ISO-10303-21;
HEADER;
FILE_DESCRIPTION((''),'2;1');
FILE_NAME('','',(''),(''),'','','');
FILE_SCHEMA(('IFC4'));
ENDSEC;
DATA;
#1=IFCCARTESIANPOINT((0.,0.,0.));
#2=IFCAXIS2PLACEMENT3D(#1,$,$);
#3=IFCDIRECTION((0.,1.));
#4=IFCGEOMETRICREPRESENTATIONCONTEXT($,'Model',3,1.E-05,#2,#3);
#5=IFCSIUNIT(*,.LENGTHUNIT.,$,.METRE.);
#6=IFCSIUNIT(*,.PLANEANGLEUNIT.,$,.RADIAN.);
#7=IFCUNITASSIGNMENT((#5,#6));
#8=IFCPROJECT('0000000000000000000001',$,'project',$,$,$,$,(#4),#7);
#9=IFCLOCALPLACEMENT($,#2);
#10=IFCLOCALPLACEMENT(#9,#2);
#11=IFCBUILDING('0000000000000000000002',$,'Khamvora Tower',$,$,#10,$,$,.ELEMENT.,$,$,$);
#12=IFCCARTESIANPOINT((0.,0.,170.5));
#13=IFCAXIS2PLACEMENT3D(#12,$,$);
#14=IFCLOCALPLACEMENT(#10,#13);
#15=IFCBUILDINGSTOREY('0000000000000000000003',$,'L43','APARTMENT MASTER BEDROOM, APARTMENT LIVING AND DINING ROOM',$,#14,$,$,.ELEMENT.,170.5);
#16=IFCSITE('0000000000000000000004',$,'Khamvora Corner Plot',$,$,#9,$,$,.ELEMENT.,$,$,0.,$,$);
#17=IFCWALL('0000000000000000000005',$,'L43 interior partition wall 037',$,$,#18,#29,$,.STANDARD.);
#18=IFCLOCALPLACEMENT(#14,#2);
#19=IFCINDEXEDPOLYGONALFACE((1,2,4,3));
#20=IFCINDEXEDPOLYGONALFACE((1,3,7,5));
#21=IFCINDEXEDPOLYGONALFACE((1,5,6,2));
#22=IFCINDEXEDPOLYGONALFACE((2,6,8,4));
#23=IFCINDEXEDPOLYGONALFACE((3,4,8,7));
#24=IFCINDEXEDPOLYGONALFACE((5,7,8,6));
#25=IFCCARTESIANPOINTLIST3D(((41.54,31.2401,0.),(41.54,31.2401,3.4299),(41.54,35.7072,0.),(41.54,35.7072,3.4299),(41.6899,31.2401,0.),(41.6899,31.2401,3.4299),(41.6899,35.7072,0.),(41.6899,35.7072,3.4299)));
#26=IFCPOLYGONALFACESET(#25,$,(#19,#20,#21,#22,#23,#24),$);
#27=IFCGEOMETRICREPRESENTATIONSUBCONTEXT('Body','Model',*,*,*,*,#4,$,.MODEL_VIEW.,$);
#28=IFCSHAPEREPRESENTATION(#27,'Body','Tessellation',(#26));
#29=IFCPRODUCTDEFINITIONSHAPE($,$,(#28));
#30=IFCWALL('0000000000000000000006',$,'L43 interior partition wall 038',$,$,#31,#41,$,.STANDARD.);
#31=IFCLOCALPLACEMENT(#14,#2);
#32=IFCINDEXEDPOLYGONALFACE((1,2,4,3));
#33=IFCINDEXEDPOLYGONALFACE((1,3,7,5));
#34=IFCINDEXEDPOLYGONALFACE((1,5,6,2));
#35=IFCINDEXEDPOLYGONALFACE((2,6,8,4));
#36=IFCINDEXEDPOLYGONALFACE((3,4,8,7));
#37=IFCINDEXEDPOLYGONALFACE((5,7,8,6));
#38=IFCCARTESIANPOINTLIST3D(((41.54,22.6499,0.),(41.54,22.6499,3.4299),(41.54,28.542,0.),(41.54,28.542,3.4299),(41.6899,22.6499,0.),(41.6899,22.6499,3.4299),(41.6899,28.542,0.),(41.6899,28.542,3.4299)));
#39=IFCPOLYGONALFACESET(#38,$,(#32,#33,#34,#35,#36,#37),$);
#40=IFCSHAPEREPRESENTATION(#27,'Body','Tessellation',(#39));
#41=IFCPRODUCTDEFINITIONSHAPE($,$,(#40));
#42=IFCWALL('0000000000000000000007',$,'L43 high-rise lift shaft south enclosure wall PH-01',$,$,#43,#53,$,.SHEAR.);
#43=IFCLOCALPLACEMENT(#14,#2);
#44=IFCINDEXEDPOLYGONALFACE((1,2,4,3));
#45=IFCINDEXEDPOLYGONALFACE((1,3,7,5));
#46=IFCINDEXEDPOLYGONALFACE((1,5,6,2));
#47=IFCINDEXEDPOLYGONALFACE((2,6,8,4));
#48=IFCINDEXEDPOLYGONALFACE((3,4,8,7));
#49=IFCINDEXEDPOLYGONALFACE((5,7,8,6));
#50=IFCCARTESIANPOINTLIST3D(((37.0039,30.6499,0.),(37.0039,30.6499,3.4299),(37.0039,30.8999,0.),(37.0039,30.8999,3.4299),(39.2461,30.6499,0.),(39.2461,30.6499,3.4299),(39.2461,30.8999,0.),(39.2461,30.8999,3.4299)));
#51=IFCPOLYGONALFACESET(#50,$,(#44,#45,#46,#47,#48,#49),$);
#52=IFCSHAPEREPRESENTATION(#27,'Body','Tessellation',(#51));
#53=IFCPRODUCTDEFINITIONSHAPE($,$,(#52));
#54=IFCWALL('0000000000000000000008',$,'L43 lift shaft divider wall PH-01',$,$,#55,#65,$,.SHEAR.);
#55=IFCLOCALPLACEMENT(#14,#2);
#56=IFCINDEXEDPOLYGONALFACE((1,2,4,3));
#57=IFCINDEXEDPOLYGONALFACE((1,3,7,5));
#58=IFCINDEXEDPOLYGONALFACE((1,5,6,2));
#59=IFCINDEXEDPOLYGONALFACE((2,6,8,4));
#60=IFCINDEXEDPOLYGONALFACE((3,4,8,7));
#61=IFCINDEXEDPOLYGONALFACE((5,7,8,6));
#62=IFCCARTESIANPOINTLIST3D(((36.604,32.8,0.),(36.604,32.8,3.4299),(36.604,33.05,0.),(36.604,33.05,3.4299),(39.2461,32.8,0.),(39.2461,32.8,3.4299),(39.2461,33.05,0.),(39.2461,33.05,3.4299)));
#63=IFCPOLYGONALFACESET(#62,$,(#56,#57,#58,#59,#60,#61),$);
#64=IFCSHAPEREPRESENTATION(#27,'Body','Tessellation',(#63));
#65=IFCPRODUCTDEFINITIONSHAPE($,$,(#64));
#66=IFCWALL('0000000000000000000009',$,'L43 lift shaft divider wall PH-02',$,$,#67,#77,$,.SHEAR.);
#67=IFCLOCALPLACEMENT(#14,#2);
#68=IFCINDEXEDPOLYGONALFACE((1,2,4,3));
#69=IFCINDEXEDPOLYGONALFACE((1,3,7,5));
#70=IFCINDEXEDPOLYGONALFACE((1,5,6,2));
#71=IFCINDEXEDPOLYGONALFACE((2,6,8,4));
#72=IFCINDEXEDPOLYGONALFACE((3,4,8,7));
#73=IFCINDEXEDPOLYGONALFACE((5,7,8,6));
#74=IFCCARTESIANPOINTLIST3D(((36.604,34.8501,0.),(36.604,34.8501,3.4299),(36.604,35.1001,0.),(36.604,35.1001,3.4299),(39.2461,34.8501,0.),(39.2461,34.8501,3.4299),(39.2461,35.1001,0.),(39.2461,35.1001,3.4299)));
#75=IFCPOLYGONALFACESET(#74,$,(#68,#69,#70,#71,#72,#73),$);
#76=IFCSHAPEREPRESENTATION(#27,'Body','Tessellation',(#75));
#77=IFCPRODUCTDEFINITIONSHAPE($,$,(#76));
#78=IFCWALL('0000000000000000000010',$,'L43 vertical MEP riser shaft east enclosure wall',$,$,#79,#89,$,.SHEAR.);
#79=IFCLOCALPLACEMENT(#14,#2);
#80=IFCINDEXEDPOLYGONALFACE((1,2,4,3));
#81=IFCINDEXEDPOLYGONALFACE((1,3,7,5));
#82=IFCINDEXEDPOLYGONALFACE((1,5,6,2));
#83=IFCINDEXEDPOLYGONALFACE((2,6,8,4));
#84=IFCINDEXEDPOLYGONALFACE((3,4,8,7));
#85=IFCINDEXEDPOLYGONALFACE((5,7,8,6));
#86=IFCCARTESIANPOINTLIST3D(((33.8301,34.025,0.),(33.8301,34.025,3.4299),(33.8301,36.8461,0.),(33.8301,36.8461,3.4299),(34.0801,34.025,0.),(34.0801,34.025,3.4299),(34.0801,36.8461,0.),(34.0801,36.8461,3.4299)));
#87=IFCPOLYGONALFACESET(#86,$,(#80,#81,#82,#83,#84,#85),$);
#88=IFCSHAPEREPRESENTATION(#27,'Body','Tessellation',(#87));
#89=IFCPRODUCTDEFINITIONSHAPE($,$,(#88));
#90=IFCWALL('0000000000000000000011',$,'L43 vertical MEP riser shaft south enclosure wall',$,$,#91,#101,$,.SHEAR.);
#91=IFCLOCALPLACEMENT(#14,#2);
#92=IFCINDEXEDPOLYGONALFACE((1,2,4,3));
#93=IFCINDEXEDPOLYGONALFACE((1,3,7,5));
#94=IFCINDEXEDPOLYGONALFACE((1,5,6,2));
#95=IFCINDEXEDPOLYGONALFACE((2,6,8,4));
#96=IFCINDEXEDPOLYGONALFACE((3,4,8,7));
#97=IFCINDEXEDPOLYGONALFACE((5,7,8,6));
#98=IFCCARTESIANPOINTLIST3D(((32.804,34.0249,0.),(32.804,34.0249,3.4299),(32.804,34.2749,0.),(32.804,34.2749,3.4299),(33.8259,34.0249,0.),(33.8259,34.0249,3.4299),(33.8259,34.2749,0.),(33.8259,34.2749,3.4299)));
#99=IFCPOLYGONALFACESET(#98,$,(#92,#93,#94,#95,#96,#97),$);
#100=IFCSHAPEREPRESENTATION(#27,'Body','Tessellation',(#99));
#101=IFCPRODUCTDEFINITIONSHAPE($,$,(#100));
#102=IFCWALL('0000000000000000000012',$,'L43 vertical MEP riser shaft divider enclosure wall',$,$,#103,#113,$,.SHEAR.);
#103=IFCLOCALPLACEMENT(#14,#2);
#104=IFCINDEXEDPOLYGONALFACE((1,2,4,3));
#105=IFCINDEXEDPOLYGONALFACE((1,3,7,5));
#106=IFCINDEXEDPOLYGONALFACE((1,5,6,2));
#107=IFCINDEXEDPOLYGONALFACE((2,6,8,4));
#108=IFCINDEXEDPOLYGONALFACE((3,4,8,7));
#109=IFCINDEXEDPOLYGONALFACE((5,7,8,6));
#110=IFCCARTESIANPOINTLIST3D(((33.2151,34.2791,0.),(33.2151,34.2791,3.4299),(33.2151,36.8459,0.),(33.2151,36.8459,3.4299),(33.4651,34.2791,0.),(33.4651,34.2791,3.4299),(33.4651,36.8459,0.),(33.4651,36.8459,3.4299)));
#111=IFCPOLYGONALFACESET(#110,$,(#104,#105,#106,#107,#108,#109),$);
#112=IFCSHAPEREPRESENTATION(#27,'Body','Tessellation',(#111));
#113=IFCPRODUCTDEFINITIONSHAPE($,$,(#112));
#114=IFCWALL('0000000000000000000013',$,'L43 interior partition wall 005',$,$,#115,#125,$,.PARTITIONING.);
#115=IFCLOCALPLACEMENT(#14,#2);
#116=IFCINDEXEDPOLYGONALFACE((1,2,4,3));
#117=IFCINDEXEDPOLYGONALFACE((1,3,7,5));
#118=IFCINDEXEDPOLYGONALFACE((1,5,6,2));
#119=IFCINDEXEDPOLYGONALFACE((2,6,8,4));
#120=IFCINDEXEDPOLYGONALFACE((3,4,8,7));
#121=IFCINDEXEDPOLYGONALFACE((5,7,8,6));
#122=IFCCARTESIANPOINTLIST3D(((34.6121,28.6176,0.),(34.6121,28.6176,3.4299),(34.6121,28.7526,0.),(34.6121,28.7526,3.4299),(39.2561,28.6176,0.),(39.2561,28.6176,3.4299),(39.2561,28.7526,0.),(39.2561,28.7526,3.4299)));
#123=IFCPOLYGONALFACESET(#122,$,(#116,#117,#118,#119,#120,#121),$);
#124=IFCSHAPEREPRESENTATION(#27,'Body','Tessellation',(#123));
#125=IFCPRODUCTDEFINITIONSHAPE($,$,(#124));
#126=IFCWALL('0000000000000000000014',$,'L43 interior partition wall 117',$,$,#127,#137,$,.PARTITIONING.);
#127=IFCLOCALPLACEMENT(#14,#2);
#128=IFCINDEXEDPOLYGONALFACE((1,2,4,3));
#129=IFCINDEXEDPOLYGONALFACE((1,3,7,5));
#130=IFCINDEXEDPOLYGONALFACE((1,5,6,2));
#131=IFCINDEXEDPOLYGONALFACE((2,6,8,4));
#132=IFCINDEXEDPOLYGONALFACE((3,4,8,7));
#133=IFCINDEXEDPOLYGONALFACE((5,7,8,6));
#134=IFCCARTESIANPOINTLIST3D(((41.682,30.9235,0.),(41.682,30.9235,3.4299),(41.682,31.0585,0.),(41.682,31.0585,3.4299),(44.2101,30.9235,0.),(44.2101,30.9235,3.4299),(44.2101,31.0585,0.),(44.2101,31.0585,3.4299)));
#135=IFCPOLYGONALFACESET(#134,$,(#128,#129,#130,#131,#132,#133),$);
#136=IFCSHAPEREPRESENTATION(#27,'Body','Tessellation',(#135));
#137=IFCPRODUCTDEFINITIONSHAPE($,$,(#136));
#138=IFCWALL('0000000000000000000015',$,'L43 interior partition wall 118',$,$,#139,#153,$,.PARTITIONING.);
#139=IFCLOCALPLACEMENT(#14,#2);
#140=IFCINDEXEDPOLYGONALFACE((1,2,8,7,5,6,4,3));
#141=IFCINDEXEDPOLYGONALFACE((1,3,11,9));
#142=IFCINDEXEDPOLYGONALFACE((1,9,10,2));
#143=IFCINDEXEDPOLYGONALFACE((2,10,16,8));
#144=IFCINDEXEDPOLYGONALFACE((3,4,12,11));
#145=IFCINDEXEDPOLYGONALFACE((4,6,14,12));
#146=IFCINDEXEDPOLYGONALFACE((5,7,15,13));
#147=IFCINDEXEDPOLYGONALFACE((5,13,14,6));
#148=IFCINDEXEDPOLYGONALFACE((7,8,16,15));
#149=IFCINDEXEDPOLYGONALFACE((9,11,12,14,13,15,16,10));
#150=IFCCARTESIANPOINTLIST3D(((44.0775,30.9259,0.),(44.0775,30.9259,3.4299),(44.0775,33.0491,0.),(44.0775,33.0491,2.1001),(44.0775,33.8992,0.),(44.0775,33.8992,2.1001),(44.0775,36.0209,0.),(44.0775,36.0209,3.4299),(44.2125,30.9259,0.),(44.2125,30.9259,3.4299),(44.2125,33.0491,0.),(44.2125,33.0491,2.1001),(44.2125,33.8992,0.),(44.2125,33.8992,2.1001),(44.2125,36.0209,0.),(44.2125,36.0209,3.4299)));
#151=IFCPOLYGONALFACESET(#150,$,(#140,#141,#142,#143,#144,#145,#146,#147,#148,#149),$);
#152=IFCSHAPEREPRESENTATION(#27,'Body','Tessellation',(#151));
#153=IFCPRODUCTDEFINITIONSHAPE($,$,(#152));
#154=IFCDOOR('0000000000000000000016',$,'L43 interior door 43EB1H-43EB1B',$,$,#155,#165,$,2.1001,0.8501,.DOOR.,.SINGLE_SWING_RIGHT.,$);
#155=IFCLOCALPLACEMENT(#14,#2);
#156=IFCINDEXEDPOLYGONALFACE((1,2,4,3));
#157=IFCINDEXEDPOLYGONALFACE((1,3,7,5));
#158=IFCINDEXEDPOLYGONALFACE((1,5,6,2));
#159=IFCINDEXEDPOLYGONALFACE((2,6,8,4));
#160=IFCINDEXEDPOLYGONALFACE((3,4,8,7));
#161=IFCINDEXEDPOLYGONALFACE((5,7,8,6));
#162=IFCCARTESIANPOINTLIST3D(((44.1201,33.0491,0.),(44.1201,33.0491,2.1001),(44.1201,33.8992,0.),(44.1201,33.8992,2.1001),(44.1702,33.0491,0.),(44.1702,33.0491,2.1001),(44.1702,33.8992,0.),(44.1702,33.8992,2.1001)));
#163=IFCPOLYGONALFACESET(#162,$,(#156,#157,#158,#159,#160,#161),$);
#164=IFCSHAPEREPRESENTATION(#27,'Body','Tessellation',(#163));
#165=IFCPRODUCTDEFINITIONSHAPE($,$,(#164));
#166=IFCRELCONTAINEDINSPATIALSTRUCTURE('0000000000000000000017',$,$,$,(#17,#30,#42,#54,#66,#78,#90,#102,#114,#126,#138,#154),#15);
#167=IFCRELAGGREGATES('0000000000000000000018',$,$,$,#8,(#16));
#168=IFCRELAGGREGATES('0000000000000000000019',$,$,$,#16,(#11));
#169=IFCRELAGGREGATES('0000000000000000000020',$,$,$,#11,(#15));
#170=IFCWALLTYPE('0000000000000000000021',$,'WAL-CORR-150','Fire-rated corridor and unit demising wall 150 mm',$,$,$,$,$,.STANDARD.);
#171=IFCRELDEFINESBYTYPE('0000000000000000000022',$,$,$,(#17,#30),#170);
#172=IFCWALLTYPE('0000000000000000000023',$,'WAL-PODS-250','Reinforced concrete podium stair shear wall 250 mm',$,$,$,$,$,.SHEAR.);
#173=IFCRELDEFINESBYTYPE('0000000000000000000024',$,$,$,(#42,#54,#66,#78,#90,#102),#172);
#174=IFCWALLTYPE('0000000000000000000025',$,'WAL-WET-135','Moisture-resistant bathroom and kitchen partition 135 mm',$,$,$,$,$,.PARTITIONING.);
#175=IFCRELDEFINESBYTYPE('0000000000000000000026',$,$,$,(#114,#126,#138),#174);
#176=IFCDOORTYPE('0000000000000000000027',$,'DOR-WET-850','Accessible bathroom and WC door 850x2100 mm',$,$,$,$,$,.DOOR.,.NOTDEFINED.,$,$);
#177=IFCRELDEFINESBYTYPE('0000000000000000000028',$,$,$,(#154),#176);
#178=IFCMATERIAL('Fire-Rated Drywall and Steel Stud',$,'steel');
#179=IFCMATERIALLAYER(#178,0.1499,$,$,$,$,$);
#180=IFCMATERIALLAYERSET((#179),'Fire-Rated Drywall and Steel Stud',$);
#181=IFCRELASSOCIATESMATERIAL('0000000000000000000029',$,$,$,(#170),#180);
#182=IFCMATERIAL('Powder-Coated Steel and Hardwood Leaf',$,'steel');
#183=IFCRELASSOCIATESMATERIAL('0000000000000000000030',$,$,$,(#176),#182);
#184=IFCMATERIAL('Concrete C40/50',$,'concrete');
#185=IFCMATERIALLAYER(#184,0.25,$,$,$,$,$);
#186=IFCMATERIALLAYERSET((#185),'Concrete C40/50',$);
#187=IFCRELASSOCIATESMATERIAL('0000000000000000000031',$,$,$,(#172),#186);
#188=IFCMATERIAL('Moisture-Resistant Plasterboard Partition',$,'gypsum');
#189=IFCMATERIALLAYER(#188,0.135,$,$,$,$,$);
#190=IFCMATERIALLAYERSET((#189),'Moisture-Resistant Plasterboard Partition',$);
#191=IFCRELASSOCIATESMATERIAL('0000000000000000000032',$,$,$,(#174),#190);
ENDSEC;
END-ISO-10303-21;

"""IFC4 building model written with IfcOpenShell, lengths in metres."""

from ifc_helpers import new_model, si_unit, direction, frame, frame_2d, origin, place, context, subcontext, project, spatial, rectangle, extrude, material, layer, layer_set, type_object, element, fill, save


model = new_model("IFC4")

# Units and contexts
model_context = context("Model", 3, precision=1e-05, world=origin(), true_north=direction((0.0, 1.0)))
body_context = subcontext(model_context, "Body", "Model", "MODEL_VIEW")
ifc_project = project(units=[si_unit("LENGTHUNIT", "METRE"), si_unit("PLANEANGLEUNIT", "RADIAN")], contexts=[model_context])

# Site, building, storey
site_placement = place(None, origin())
site = spatial("IfcSite", under=ifc_project, at=site_placement, Name="Khamvora Corner Plot", CompositionType="ELEMENT", RefElevation=0.0)
building_placement = place(site_placement, origin())
building = spatial("IfcBuilding", under=site, at=building_placement, Name="Khamvora Tower", CompositionType="ELEMENT")
storey_placement = place(building_placement, frame((0.0, 0.0, 170.5)))
storey = spatial("IfcBuildingStorey", under=building, at=storey_placement, Name="L43", Description="APARTMENT MASTER BEDROOM, APARTMENT LIVING AND DINING ROOM", CompositionType="ELEMENT", Elevation=170.5)

# Shared definitions
ifc_material_1 = material(Name="Powder-Coated Steel and Hardwood Leaf", Category="steel")

# Shared definitions
ifc_material_2 = material(Name="Fire-Rated Drywall and Steel Stud", Category="steel")
ifc_layer_1 = layer(ifc_material_2, 0.1499)
ifc_layer_set_1 = layer_set([ifc_layer_1], Name="Fire-Rated Drywall and Steel Stud")
wall_type_1 = type_object("IfcWallType", Name="WAL-CORR-150", Description="Fire-rated corridor and unit demising wall 150 mm", PredefinedType="STANDARD", material=ifc_layer_set_1)

# Shared definitions
door_type_1 = type_object("IfcDoorType", Name="DOR-WET-850", Description="Accessible bathroom and WC door 850x2100 mm", OperationType="NOTDEFINED", PredefinedType="DOOR", material=ifc_material_1)

# Walls
wall_1_placement = place(storey_placement, frame((41.615, 35.707, 0.0), z_axis=(0.0, 0.0, 1.0), x_axis=(0.0, -1.0, 0.0)))
element("IfcWall", 1, at=wall_1_placement, inside=storey, type_object=wall_type_1, Name="L43 interior partition wall 037", PredefinedType="STANDARD", context=body_context, shape_type="SweptSolid", body=[
    extrude(rectangle(XDim=4.467, YDim=0.1499, at=frame_2d((2.2334, 0.0))), origin(), (0.0, 0.0, 1.0), 3.4299),
])
wall_2_placement = place(storey_placement, frame((41.615, 28.542, 0.0), z_axis=(0.0, 0.0, 1.0), x_axis=(0.0, -1.0, 0.0)))
element("IfcWall", 2, at=wall_2_placement, inside=storey, type_object=wall_type_1, Name="L43 interior partition wall 038", PredefinedType="STANDARD", context=body_context, shape_type="SweptSolid", body=[
    extrude(rectangle(XDim=5.8921, YDim=0.1499, at=frame_2d((2.946, 0.0))), origin(), (0.0, 0.0, 1.0), 3.4299),
])
ifc_material_3 = material(Name="Concrete C40/50", Category="concrete")
ifc_layer_2 = layer(ifc_material_3, 0.25)
ifc_layer_set_2 = layer_set([ifc_layer_2], Name="Concrete C40/50")
wall_type_2 = type_object("IfcWallType", Name="WAL-PODS-250", Description="Reinforced concrete podium stair shear wall 250 mm", PredefinedType="SHEAR", material=ifc_layer_set_2)
wall_3_placement = place(storey_placement, frame((37.0039, 30.7749, 0.0), z_axis=(0.0, 0.0, 1.0), x_axis=(1.0, 0.0, 0.0)))
element("IfcWall", 3, at=wall_3_placement, inside=storey, type_object=wall_type_2, Name="L43 high-rise lift shaft south enclosure wall PH-01", PredefinedType="SHEAR", context=body_context, shape_type="SweptSolid", body=[
    extrude(rectangle(XDim=2.2422, YDim=0.25, at=frame_2d((1.1211, 0.0))), origin(), (0.0, 0.0, 1.0), 3.4299),
])
for number, where, z_axis, x_axis, name in (
    (4, (36.604, 32.925, 0.0), (0.0, 0.0, 1.0), (1.0, 0.0, 0.0), "L43 lift shaft divider wall PH-01"),
    (5, (36.604, 34.9751, 0.0), (0.0, 0.0, 1.0), (1.0, 0.0, 0.0), "L43 lift shaft divider wall PH-02"),
):
    element("IfcWall", number, at=place(storey_placement, frame(where, z_axis=z_axis, x_axis=x_axis)), inside=storey, type_object=wall_type_2, Name=name, PredefinedType="SHEAR", context=body_context, shape_type="SweptSolid", body=[
        extrude(rectangle(XDim=2.6421, YDim=0.25, at=frame_2d((1.321, 0.0))), origin(), (0.0, 0.0, 1.0), 3.4299),
    ])
wall_4_placement = place(storey_placement, frame((33.9551, 34.0249, 0.0), z_axis=(0.0, 0.0, 1.0), x_axis=(0.0, 1.0, 0.0)))
element("IfcWall", 6, at=wall_4_placement, inside=storey, type_object=wall_type_2, Name="L43 vertical MEP riser shaft east enclosure wall", PredefinedType="SHEAR", context=body_context, shape_type="SweptSolid", body=[
    extrude(rectangle(XDim=2.821, YDim=0.25, at=frame_2d((1.4106, 0.0))), origin(), (0.0, 0.0, 1.0), 3.4299),
])
wall_5_placement = place(storey_placement, frame((32.804, 34.1499, 0.0), z_axis=(0.0, 0.0, 1.0), x_axis=(1.0, 0.0, 0.0)))
element("IfcWall", 7, at=wall_5_placement, inside=storey, type_object=wall_type_2, Name="L43 vertical MEP riser shaft south enclosure wall", PredefinedType="SHEAR", context=body_context, shape_type="SweptSolid", body=[
    extrude(rectangle(XDim=1.022, YDim=0.25, at=frame_2d((0.511, 0.0))), origin(), (0.0, 0.0, 1.0), 3.4299),
])
wall_6_placement = place(storey_placement, frame((33.3401, 34.2791, 0.0), z_axis=(0.0, 0.0, 1.0), x_axis=(0.0, 1.0, 0.0)))
element("IfcWall", 8, at=wall_6_placement, inside=storey, type_object=wall_type_2, Name="L43 vertical MEP riser shaft divider enclosure wall", PredefinedType="SHEAR", context=body_context, shape_type="SweptSolid", body=[
    extrude(rectangle(XDim=2.5669, YDim=0.25, at=frame_2d((1.2834, 0.0))), origin(), (0.0, 0.0, 1.0), 3.4299),
])
ifc_material_4 = material(Name="Moisture-Resistant Plasterboard Partition", Category="gypsum")
ifc_layer_3 = layer(ifc_material_4, 0.135)
ifc_layer_set_3 = layer_set([ifc_layer_3], Name="Moisture-Resistant Plasterboard Partition")
wall_type_3 = type_object("IfcWallType", Name="WAL-WET-135", Description="Moisture-resistant bathroom and kitchen partition 135 mm", PredefinedType="PARTITIONING", material=ifc_layer_set_3)
wall_7_placement = place(storey_placement, frame((39.2561, 28.6851, 0.0), z_axis=(0.0, 0.0, 1.0), x_axis=(-1.0, 0.0, 0.0)))
element("IfcWall", 9, at=wall_7_placement, inside=storey, type_object=wall_type_3, Name="L43 interior partition wall 005", PredefinedType="PARTITIONING", context=body_context, shape_type="SweptSolid", body=[
    extrude(rectangle(XDim=4.644, YDim=0.135, at=frame_2d((2.322, 0.0))), origin(), (0.0, 0.0, 1.0), 3.4299),
])
wall_8_placement = place(storey_placement, frame((41.6819, 30.991, 0.0), z_axis=(0.0, 0.0, 1.0), x_axis=(1.0, 0.0, 0.0)))
element("IfcWall", 10, at=wall_8_placement, inside=storey, type_object=wall_type_3, Name="L43 interior partition wall 117", PredefinedType="PARTITIONING", context=body_context, shape_type="SweptSolid", body=[
    extrude(rectangle(XDim=2.5281, YDim=0.135, at=frame_2d((1.2642, 0.0))), origin(), (0.0, 0.0, 1.0), 3.4299),
])

# Wall, opening, door
wall_9_placement = place(storey_placement, frame((44.145, 30.926, 0.0), z_axis=(0.0, 0.0, 1.0), x_axis=(0.0, 1.0, 0.0)))
wall_9 = element("IfcWall", 11, at=wall_9_placement, inside=storey, type_object=wall_type_3, Name="L43 interior partition wall 118", PredefinedType="PARTITIONING", context=body_context, shape_type="SweptSolid", body=[
    extrude(rectangle(XDim=5.095, YDim=0.135, at=frame_2d((2.5474, 0.0))), origin(), (0.0, 0.0, 1.0), 3.4299),
])
opening_1_placement = place(wall_9_placement, frame((2.123, 0.0, 0.0)))
opening_1 = element("IfcOpeningElement", 12, at=opening_1_placement, cuts=wall_9, PredefinedType="OPENING", context=body_context, shape_type="SweptSolid", body=[
    extrude(rectangle(XDim=0.8501, YDim=2.1001, at=frame_2d((0.425, 1.05))), frame((0.0, 0.0774, 0.0), z_axis=(0.0, -1.0, 0.0), x_axis=(1.0, 0.0, 0.0)), (0.0, 0.0, 1.0), 0.155),
])
door_1_placement = place(opening_1_placement, origin())
door_1 = element("IfcDoor", 13, at=door_1_placement, inside=storey, type_object=door_type_1, Name="L43 interior door 43EB1H-43EB1B", OperationType="SINGLE_SWING_RIGHT", OverallHeight=2.1001, OverallWidth=0.8501, PredefinedType="DOOR", context=body_context, shape_type="SweptSolid", body=[
    extrude(rectangle(XDim=0.8501, YDim=2.1001, at=frame_2d((0.425, 1.05))), frame((0.0, 0.0249, 0.0), z_axis=(0.0, -1.0, 0.0), x_axis=(1.0, 0.0, 0.0)), (0.0, 0.0, 1.0), 0.05),
])
fill(opening_1, door_1)

save(model, "model.ifc")
